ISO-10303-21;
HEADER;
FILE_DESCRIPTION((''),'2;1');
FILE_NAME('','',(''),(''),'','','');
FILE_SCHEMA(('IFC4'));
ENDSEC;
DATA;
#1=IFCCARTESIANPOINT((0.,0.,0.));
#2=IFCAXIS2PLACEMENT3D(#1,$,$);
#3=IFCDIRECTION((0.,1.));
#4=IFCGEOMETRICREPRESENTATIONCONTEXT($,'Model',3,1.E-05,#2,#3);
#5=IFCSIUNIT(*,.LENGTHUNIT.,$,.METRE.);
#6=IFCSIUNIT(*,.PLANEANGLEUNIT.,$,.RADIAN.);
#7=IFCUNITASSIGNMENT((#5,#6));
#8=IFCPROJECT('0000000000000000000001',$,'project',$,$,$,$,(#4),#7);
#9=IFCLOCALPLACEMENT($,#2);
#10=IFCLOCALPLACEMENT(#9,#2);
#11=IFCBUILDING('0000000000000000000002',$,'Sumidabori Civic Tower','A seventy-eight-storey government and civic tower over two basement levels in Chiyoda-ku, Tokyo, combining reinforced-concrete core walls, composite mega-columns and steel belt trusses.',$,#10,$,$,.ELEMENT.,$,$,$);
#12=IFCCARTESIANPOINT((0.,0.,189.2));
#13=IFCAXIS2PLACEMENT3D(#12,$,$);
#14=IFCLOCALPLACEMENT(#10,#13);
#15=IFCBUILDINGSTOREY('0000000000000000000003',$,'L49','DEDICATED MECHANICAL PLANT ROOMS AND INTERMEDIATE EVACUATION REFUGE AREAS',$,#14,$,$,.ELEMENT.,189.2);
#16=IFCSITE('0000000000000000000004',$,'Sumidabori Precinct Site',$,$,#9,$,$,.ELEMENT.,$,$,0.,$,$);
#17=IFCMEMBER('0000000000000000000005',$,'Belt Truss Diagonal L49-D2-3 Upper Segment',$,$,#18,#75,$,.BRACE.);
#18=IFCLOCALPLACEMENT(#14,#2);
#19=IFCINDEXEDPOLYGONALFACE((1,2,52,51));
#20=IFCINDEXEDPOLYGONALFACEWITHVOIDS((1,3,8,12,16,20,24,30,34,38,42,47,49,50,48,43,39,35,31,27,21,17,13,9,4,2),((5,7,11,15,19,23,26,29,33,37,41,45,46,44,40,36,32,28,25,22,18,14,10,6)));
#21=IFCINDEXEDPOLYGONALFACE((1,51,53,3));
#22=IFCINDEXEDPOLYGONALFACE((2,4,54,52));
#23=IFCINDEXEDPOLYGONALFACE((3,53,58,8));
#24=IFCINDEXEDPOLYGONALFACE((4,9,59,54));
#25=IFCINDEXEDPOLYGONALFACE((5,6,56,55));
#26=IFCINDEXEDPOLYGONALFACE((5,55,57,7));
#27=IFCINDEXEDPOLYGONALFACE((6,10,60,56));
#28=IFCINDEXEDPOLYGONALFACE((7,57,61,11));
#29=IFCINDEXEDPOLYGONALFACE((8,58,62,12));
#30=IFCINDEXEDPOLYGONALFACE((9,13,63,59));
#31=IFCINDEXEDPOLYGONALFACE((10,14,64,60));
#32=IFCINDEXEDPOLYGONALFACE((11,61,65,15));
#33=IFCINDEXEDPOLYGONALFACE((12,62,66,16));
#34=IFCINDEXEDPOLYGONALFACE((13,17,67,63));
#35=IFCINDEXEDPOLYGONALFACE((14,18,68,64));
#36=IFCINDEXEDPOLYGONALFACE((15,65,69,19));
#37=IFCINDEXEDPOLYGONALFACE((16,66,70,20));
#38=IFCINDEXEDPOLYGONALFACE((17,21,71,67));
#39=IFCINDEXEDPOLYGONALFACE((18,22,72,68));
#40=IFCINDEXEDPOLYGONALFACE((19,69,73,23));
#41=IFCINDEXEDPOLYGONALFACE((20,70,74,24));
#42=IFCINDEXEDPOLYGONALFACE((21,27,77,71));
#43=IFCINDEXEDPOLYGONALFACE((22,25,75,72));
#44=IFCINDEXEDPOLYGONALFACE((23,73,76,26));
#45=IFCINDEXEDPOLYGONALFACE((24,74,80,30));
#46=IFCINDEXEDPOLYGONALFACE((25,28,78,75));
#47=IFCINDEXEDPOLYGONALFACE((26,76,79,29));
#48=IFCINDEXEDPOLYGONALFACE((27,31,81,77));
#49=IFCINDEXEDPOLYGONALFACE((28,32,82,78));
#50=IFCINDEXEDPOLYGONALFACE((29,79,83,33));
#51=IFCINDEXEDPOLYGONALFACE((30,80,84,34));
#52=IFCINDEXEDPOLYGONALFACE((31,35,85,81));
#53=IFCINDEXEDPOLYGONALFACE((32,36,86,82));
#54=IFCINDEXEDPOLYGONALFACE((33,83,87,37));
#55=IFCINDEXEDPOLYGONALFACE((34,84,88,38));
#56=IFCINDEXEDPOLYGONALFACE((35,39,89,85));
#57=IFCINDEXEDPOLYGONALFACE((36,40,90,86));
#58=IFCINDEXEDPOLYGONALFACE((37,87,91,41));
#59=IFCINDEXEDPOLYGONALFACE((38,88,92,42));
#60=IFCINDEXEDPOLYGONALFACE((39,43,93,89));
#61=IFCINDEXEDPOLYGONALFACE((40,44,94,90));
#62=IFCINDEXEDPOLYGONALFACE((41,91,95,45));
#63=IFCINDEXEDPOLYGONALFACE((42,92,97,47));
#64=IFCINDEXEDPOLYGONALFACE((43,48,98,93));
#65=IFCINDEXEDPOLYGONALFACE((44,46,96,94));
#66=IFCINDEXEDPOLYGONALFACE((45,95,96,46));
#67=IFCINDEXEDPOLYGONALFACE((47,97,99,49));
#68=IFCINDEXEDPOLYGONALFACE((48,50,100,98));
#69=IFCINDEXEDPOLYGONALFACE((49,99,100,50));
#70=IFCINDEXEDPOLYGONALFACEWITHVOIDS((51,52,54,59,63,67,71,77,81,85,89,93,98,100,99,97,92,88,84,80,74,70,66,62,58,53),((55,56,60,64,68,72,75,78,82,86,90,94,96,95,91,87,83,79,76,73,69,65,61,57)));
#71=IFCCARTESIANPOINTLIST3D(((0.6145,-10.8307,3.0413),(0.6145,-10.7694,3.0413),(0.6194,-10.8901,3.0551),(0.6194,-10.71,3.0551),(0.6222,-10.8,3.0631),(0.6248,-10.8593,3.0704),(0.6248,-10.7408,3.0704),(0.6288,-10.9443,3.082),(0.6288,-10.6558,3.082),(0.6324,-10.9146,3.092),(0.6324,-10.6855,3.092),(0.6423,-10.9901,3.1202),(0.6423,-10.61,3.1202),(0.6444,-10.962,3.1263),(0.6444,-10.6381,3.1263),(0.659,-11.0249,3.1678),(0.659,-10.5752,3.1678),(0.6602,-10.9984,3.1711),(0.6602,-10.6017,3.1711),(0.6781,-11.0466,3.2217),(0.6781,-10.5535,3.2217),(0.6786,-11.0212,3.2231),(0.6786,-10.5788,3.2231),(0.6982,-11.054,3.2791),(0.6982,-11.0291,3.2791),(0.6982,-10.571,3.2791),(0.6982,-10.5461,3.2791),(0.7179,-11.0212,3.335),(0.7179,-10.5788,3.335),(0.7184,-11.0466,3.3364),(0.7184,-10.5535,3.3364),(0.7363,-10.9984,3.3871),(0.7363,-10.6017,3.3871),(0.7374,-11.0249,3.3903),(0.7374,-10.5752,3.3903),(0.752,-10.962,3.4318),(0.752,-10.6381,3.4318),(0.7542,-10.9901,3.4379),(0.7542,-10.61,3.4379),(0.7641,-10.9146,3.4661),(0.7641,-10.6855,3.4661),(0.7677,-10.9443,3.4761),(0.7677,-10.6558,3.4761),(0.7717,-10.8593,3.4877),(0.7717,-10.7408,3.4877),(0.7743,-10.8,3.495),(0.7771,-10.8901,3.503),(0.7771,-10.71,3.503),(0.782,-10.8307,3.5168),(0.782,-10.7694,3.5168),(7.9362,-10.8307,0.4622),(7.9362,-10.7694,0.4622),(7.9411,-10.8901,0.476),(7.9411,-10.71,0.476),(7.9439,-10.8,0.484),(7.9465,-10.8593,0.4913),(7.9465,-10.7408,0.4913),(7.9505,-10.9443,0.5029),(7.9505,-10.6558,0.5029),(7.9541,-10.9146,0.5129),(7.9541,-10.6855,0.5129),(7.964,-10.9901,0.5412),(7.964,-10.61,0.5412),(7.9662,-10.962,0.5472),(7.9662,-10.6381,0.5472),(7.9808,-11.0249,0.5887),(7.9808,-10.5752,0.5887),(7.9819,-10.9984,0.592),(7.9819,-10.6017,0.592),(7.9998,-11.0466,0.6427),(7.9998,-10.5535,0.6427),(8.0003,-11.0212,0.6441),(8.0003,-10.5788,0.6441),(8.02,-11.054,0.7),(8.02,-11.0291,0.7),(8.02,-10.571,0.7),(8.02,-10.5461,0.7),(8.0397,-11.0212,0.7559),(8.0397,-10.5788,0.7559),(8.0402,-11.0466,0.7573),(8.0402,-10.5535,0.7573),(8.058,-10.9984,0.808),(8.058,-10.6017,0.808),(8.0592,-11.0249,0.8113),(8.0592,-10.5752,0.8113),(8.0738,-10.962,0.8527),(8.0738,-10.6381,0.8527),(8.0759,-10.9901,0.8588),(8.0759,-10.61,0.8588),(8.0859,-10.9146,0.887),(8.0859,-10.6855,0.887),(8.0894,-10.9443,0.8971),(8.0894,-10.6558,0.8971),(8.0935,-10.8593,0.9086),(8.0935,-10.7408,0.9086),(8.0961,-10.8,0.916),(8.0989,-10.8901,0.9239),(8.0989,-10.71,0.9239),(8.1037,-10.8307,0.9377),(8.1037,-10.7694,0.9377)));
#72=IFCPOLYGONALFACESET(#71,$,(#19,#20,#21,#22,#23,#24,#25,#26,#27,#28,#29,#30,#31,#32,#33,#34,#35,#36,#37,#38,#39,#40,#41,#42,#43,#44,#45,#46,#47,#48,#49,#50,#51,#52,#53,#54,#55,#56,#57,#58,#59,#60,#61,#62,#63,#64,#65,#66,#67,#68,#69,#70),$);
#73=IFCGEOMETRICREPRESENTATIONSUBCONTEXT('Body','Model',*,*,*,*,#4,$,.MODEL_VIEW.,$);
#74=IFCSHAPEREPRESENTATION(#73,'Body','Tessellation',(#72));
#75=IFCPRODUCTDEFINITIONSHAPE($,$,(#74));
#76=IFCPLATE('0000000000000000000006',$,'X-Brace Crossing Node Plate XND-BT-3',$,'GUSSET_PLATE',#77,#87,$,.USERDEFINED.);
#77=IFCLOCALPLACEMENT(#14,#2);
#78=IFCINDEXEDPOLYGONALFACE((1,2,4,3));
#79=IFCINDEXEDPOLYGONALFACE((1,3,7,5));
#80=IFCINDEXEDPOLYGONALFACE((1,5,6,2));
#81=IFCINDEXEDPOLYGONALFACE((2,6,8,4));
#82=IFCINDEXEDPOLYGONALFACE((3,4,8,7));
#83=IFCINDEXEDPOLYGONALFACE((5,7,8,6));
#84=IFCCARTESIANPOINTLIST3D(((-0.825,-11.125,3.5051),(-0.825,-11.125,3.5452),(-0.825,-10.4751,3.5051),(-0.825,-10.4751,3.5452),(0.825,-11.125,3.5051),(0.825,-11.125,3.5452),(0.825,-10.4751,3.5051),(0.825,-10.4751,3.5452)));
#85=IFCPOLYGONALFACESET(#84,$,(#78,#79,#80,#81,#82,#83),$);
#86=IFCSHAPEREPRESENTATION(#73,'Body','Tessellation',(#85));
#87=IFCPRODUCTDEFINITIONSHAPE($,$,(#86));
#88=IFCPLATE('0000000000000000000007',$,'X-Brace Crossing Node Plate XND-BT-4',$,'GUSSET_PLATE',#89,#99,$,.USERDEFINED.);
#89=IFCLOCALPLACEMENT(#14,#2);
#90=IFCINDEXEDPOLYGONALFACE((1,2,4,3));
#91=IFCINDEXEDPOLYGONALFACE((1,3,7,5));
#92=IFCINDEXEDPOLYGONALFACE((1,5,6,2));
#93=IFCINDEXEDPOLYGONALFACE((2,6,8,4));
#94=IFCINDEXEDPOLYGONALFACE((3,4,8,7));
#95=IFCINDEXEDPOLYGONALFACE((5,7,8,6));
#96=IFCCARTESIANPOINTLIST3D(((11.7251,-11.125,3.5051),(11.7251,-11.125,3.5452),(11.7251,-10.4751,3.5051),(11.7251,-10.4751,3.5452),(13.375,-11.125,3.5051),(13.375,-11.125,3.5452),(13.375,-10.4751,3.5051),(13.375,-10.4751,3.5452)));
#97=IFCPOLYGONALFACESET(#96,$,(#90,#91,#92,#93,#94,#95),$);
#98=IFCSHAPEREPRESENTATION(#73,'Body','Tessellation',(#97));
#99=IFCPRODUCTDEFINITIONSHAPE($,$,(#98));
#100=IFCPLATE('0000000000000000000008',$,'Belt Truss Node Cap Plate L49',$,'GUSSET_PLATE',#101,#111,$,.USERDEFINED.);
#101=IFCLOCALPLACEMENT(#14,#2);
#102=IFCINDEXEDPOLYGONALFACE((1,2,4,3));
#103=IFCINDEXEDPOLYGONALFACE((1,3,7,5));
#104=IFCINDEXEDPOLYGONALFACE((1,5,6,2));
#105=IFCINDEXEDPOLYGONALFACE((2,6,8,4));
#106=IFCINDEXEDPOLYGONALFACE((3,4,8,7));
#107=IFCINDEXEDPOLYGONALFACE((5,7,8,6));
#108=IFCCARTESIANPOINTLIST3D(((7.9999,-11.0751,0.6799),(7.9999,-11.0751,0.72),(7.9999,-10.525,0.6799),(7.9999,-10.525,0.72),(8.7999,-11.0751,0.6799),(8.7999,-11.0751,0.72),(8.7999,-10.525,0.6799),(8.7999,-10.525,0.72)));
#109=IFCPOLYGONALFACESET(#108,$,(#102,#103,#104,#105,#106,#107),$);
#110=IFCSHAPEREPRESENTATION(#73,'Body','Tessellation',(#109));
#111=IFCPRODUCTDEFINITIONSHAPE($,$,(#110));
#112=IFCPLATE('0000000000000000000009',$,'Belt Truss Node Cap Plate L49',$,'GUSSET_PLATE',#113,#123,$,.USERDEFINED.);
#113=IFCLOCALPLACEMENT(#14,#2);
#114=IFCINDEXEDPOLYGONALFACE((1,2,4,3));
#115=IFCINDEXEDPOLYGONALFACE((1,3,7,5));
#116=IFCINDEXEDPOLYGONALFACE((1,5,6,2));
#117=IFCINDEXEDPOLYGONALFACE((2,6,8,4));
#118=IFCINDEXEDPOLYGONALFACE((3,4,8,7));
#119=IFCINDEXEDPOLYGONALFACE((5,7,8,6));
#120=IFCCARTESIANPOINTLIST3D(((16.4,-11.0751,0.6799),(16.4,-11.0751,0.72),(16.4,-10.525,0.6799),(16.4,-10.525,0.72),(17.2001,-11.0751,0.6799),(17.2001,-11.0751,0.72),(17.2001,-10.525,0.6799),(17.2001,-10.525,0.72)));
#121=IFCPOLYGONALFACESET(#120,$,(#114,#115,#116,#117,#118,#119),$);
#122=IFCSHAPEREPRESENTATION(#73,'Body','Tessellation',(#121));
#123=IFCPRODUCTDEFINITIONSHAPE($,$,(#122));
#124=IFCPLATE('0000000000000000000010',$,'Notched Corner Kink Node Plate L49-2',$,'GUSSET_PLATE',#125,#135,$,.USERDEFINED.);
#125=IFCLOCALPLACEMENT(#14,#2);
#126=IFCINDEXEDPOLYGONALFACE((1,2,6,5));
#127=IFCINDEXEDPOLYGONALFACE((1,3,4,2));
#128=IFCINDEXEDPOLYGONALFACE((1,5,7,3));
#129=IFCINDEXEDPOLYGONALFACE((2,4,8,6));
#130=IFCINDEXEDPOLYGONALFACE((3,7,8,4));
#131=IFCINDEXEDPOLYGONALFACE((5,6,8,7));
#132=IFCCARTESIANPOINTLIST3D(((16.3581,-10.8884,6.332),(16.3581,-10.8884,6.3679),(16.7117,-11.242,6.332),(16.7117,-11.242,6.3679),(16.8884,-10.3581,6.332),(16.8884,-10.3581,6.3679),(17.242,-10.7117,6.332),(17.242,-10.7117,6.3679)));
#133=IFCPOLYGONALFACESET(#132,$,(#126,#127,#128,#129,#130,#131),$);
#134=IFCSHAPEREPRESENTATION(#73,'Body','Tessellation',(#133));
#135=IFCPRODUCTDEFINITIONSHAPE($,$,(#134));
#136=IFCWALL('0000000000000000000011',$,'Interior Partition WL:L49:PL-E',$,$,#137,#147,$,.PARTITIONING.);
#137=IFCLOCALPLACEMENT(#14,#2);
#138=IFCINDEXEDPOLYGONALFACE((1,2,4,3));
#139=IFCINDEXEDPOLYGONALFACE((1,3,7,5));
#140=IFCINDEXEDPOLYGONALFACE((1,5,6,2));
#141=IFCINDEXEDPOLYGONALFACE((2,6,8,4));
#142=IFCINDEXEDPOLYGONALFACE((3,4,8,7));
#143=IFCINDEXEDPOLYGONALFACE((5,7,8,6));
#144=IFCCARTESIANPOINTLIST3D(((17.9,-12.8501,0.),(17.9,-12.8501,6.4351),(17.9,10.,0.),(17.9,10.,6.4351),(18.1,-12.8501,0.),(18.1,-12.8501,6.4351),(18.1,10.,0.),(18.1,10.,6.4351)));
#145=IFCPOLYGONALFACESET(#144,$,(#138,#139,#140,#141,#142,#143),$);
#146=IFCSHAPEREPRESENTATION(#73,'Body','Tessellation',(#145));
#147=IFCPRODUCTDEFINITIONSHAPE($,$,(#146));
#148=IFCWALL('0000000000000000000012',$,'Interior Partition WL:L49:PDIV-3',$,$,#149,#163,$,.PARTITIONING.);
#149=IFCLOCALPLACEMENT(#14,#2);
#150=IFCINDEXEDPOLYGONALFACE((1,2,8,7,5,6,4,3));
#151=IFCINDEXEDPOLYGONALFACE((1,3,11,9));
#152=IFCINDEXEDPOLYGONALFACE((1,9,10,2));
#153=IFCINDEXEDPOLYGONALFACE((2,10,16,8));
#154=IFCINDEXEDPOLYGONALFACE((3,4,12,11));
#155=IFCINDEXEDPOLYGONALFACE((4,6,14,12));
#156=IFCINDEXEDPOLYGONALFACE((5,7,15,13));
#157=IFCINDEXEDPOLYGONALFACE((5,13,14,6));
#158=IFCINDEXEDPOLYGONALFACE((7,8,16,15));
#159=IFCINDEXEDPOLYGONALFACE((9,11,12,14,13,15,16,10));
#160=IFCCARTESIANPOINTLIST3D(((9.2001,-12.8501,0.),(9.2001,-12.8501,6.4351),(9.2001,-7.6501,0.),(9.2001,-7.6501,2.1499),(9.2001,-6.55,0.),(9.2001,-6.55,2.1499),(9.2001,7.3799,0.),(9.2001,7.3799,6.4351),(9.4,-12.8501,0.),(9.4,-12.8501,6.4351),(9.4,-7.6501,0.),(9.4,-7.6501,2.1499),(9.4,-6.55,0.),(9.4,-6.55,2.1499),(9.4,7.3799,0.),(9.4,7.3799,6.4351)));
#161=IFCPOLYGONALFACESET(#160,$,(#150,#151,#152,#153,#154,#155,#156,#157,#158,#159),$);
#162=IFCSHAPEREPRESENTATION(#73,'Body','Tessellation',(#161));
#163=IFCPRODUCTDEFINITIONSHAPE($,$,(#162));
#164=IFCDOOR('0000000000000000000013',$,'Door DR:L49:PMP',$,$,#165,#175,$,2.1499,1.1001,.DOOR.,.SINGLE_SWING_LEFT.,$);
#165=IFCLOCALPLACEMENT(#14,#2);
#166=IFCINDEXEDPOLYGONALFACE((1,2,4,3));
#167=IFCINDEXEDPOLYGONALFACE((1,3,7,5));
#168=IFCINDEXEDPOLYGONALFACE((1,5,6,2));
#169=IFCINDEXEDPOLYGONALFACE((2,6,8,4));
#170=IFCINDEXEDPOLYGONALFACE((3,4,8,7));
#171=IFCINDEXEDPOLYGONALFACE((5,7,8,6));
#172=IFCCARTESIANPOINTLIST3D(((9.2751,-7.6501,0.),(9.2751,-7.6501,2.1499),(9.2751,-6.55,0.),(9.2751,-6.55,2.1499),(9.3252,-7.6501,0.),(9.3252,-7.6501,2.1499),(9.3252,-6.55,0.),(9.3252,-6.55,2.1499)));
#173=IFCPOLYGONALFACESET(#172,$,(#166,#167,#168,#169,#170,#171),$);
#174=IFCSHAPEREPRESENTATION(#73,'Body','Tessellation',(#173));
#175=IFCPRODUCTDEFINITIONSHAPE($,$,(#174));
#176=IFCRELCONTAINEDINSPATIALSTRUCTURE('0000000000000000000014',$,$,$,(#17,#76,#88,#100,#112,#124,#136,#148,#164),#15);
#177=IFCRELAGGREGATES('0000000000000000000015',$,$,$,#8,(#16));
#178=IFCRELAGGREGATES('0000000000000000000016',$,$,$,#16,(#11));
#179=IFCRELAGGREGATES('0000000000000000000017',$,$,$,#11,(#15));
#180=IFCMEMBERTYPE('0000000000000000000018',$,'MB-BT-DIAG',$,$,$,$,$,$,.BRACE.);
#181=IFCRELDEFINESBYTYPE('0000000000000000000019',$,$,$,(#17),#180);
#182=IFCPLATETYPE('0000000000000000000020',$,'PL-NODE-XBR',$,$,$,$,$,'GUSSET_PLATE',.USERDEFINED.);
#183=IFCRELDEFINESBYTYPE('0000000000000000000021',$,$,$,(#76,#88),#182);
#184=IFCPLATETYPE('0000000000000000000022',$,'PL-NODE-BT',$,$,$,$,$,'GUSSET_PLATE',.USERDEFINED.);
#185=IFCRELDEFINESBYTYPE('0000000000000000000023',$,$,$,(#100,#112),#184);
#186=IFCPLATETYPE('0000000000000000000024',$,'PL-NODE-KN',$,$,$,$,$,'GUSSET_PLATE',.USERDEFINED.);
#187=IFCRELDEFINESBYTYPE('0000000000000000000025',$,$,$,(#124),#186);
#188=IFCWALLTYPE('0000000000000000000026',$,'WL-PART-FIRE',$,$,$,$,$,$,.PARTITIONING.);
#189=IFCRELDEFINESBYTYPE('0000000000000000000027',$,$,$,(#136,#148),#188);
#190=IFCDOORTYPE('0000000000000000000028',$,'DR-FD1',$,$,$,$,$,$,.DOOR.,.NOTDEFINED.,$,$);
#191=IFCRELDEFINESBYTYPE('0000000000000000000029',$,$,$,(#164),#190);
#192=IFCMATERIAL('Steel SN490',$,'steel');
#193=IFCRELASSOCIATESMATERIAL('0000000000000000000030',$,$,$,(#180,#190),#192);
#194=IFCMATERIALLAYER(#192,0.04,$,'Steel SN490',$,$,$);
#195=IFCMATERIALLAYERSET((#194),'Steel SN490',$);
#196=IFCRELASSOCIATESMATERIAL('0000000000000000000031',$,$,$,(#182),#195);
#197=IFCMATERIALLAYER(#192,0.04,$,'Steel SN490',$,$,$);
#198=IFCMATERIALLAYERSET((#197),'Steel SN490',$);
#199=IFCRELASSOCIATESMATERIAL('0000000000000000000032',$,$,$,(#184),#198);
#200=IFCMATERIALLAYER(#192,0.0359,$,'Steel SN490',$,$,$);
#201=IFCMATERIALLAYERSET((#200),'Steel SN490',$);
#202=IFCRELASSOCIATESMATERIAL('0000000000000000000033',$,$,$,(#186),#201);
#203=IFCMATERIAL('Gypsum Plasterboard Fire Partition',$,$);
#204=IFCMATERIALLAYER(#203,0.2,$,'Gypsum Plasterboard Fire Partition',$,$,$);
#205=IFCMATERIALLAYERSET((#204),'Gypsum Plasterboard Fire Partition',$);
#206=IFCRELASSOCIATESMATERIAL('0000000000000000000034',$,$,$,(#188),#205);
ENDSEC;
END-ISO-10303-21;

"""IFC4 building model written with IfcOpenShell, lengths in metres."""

from ifc_helpers import new_model, si_unit, direction, frame, frame_2d, origin, origin_2d, place, context, subcontext, project, spatial, rectangle, hollow_circle, extrude, source, transform, mapped, material, layer, layer_set, material_profile, profile_set, type_object, element, fill, save


model = new_model("IFC4")

# Units and contexts
model_context = context("Model", 3, precision=1e-05, world=origin(), true_north=direction((0.0, 1.0)))
body_context = subcontext(model_context, "Body", "Model", "MODEL_VIEW")
ifc_project = project(units=[si_unit("LENGTHUNIT", "METRE"), si_unit("PLANEANGLEUNIT", "RADIAN")], contexts=[model_context])

# Site, building, storey
site_placement = place(None, origin())
site = spatial("IfcSite", under=ifc_project, at=site_placement, Name="Sumidabori Precinct Site", CompositionType="ELEMENT", RefElevation=0.0)
building_placement = place(site_placement, origin())
building = spatial("IfcBuilding", under=site, at=building_placement, Name="Sumidabori Civic Tower", Description="A seventy-eight-storey government and civic tower over two basement levels in Chiyoda-ku, Tokyo, combining reinforced-concrete core walls, composite mega-columns and steel belt trusses.", CompositionType="ELEMENT")
storey_placement = place(building_placement, frame((0.0, 0.0, 189.2)))
storey = spatial("IfcBuildingStorey", under=building, at=storey_placement, Name="L49", Description="DEDICATED MECHANICAL PLANT ROOMS AND INTERMEDIATE EVACUATION REFUGE AREAS", CompositionType="ELEMENT", Elevation=189.2)

# Shared definitions
ifc_material_1 = material(Name="Steel SN490", Category="steel")

# Member
ifc_material_profile_1 = material_profile(ifc_material_1, hollow_circle(Radius=0.2539, WallThickness=0.0249, at=origin_2d()), Name="CHS 508x25")
ifc_profile_set_1 = profile_set([ifc_material_profile_1], Name="Steel SN490")
member_type = type_object("IfcMemberType", Name="MB-BT-DIAG", PredefinedType="BRACE", material=ifc_profile_set_1)
shared_shape_1 = source(origin(), body_context, "Body", "SweptSolid", [
    extrude(hollow_circle(Radius=0.2539, WallThickness=0.0249, at=origin_2d()), origin(), (0.0, 0.0, 1.0), 7.7627),
])
member_1_placement = place(storey_placement, frame((0.6982, -10.8, 3.2791), z_axis=(0.943195, 0.0, -0.332241), x_axis=(0.0, 1.0, 0.0)))
element("IfcMember", 1, at=member_1_placement, inside=storey, type_object=member_type, Name="Belt Truss Diagonal L49-D2-3 Upper Segment", PredefinedType="BRACE", context=body_context, shape_type="MappedRepresentation", body=[
    mapped(shared_shape_1, transform((0.0, 0.0, 0.0), x_axis=(1.0, 0.0, 0.0), y_axis=(0.0, 1.0, 0.0), z_axis=(0.0, 0.0, 1.0), scale=1.0)),
])

# Plates
ifc_layer_1 = layer(ifc_material_1, 0.04, Name="Steel SN490")
ifc_layer_set_1 = layer_set([ifc_layer_1], Name="Steel SN490")
plate_type_1 = type_object("IfcPlateType", Name="PL-NODE-XBR", ElementType="GUSSET_PLATE", PredefinedType="USERDEFINED", material=ifc_layer_set_1)
shared_shape_2 = source(origin(), body_context, "Body", "SweptSolid", [
    extrude(rectangle(XDim=1.6499, YDim=0.6499, at=origin_2d()), origin(), (0.0, 0.0, 1.0), 0.04),
])
for number, where, z_axis, x_axis, name in (
    (2, (0.0, -10.8, 3.5051), (0.0, 0.0, 1.0), (1.0, 0.0, 0.0), "X-Brace Crossing Node Plate XND-BT-3"),
    (3, (12.55, -10.8, 3.5051), (0.0, 0.0, 1.0), (1.0, 0.0, 0.0), "X-Brace Crossing Node Plate XND-BT-4"),
):
    element("IfcPlate", number, at=place(storey_placement, frame(where, z_axis=z_axis, x_axis=x_axis)), inside=storey, type_object=plate_type_1, Name=name, ObjectType="GUSSET_PLATE", PredefinedType="USERDEFINED", context=body_context, shape_type="MappedRepresentation", body=[
        mapped(shared_shape_2, transform((0.0, 0.0, 0.0), x_axis=(1.0, 0.0, 0.0), y_axis=(0.0, 1.0, 0.0), z_axis=(0.0, 0.0, 1.0), scale=1.0)),
    ])
ifc_layer_2 = layer(ifc_material_1, 0.04, Name="Steel SN490")
ifc_layer_set_2 = layer_set([ifc_layer_2], Name="Steel SN490")
plate_type_2 = type_object("IfcPlateType", Name="PL-NODE-BT", ElementType="GUSSET_PLATE", PredefinedType="USERDEFINED", material=ifc_layer_set_2)
shared_shape_3 = source(origin(), body_context, "Body", "SweptSolid", [
    extrude(rectangle(XDim=0.8, YDim=0.55, at=origin_2d()), origin(), (0.0, 0.0, 1.0), 0.04),
])
for number, where, z_axis, x_axis, name in (
    (4, (8.3999, -10.8, 0.6799), (0.0, 0.0, 1.0), (1.0, 0.0, 0.0), "Belt Truss Node Cap Plate L49"),
    (5, (16.8, -10.8, 0.6799), (0.0, 0.0, 1.0), (1.0, 0.0, 0.0), "Belt Truss Node Cap Plate L49"),
):
    element("IfcPlate", number, at=place(storey_placement, frame(where, z_axis=z_axis, x_axis=x_axis)), inside=storey, type_object=plate_type_2, Name=name, ObjectType="GUSSET_PLATE", PredefinedType="USERDEFINED", context=body_context, shape_type="MappedRepresentation", body=[
        mapped(shared_shape_3, transform((0.0, 0.0, 0.0), x_axis=(1.0, 0.0, 0.0), y_axis=(0.0, 1.0, 0.0), z_axis=(0.0, 0.0, 1.0), scale=1.0)),
    ])
ifc_layer_3 = layer(ifc_material_1, 0.0359, Name="Steel SN490")
ifc_layer_set_3 = layer_set([ifc_layer_3], Name="Steel SN490")
plate_type_3 = type_object("IfcPlateType", Name="PL-NODE-KN", ElementType="GUSSET_PLATE", PredefinedType="USERDEFINED", material=ifc_layer_set_3)
shared_shape_4 = source(origin(), body_context, "Body", "SweptSolid", [
    extrude(rectangle(XDim=0.75, YDim=0.5, at=origin_2d()), origin(), (0.0, 0.0, 1.0), 0.0359),
])
plate_placement = place(storey_placement, frame((16.8, -10.8, 6.332), z_axis=(0.0, 0.0, 1.0), x_axis=(0.707107, 0.707107, 0.0)))
element("IfcPlate", 6, at=plate_placement, inside=storey, type_object=plate_type_3, Name="Notched Corner Kink Node Plate L49-2", ObjectType="GUSSET_PLATE", PredefinedType="USERDEFINED", context=body_context, shape_type="MappedRepresentation", body=[
    mapped(shared_shape_4, transform((0.0, 0.0, 0.0), x_axis=(1.0, 0.0, 0.0), y_axis=(0.0, 1.0, 0.0), z_axis=(0.0, 0.0, 1.0), scale=1.0)),
])

# Wall
ifc_material_2 = material(Name="Gypsum Plasterboard Fire Partition")
ifc_layer_4 = layer(ifc_material_2, 0.2, Name="Gypsum Plasterboard Fire Partition")
ifc_layer_set_4 = layer_set([ifc_layer_4], Name="Gypsum Plasterboard Fire Partition")
wall_type = type_object("IfcWallType", Name="WL-PART-FIRE", PredefinedType="PARTITIONING", material=ifc_layer_set_4)
shared_shape_5 = source(origin(), body_context, "Body", "SweptSolid", [
    extrude(rectangle(XDim=22.8501, YDim=0.2, at=frame_2d((11.425, 0.0))), origin(), (0.0, 0.0, 1.0), 6.4351),
])
wall_1_placement = place(storey_placement, frame((18.0, -12.8501, 0.0), z_axis=(0.0, 0.0, 1.0), x_axis=(0.0, 1.0, 0.0)))
element("IfcWall", 7, at=wall_1_placement, inside=storey, type_object=wall_type, Name="Interior Partition WL:L49:PL-E", PredefinedType="PARTITIONING", context=body_context, shape_type="MappedRepresentation", body=[
    mapped(shared_shape_5, transform((0.0, 0.0, 0.0), x_axis=(1.0, 0.0, 0.0), y_axis=(0.0, 1.0, 0.0), z_axis=(0.0, 0.0, 1.0), scale=1.0)),
])

# Wall, opening, door
shared_shape_6 = source(origin(), body_context, "Body", "SweptSolid", [
    extrude(rectangle(XDim=20.23, YDim=0.2, at=frame_2d((10.115, 0.0))), origin(), (0.0, 0.0, 1.0), 6.4351),
])
wall_2_placement = place(storey_placement, frame((9.3, -12.8501, 0.0), z_axis=(0.0, 0.0, 1.0), x_axis=(0.0, 1.0, 0.0)))
wall_2 = element("IfcWall", 8, at=wall_2_placement, inside=storey, type_object=wall_type, Name="Interior Partition WL:L49:PDIV-3", PredefinedType="PARTITIONING", context=body_context, shape_type="MappedRepresentation", body=[
    mapped(shared_shape_6, transform((0.0, 0.0, 0.0), x_axis=(1.0, 0.0, 0.0), y_axis=(0.0, 1.0, 0.0), z_axis=(0.0, 0.0, 1.0), scale=1.0)),
])
opening_placement = place(wall_2_placement, frame((5.2, 0.0, 0.0)))
opening = element("IfcOpeningElement", 9, at=opening_placement, cuts=wall_2, PredefinedType="OPENING", context=body_context, shape_type="SweptSolid", body=[
    extrude(rectangle(XDim=1.1001, YDim=2.1499, at=frame_2d((0.55, 1.075))), frame((0.0, 0.1118, 0.0), z_axis=(0.0, -1.0, 0.0), x_axis=(1.0, 0.0, 0.0)), (0.0, 0.0, 1.0), 0.2239),
])
door_type = type_object("IfcDoorType", Name="DR-FD1", OperationType="NOTDEFINED", PredefinedType="DOOR", material=ifc_material_1)
shared_shape_7 = source(origin(), body_context, "Body", "SweptSolid", [
    extrude(rectangle(XDim=1.1001, YDim=2.1499, at=frame_2d((0.55, 1.075))), frame((0.0, 0.0249, 0.0), z_axis=(0.0, -1.0, 0.0), x_axis=(1.0, 0.0, 0.0)), (0.0, 0.0, 1.0), 0.05),
])
door_placement = place(opening_placement, origin())
door = element("IfcDoor", 10, at=door_placement, inside=storey, type_object=door_type, Name="Door DR:L49:PMP", OperationType="SINGLE_SWING_LEFT", OverallHeight=2.1499, OverallWidth=1.1001, PredefinedType="DOOR", context=body_context, shape_type="MappedRepresentation", body=[
    mapped(shared_shape_7, transform((0.0, 0.0, 0.0), x_axis=(1.0, 0.0, 0.0), y_axis=(0.0, 1.0, 0.0), z_axis=(0.0, 0.0, 1.0), scale=1.0)),
])
fill(opening, door)

save(model, "model.ifc")
